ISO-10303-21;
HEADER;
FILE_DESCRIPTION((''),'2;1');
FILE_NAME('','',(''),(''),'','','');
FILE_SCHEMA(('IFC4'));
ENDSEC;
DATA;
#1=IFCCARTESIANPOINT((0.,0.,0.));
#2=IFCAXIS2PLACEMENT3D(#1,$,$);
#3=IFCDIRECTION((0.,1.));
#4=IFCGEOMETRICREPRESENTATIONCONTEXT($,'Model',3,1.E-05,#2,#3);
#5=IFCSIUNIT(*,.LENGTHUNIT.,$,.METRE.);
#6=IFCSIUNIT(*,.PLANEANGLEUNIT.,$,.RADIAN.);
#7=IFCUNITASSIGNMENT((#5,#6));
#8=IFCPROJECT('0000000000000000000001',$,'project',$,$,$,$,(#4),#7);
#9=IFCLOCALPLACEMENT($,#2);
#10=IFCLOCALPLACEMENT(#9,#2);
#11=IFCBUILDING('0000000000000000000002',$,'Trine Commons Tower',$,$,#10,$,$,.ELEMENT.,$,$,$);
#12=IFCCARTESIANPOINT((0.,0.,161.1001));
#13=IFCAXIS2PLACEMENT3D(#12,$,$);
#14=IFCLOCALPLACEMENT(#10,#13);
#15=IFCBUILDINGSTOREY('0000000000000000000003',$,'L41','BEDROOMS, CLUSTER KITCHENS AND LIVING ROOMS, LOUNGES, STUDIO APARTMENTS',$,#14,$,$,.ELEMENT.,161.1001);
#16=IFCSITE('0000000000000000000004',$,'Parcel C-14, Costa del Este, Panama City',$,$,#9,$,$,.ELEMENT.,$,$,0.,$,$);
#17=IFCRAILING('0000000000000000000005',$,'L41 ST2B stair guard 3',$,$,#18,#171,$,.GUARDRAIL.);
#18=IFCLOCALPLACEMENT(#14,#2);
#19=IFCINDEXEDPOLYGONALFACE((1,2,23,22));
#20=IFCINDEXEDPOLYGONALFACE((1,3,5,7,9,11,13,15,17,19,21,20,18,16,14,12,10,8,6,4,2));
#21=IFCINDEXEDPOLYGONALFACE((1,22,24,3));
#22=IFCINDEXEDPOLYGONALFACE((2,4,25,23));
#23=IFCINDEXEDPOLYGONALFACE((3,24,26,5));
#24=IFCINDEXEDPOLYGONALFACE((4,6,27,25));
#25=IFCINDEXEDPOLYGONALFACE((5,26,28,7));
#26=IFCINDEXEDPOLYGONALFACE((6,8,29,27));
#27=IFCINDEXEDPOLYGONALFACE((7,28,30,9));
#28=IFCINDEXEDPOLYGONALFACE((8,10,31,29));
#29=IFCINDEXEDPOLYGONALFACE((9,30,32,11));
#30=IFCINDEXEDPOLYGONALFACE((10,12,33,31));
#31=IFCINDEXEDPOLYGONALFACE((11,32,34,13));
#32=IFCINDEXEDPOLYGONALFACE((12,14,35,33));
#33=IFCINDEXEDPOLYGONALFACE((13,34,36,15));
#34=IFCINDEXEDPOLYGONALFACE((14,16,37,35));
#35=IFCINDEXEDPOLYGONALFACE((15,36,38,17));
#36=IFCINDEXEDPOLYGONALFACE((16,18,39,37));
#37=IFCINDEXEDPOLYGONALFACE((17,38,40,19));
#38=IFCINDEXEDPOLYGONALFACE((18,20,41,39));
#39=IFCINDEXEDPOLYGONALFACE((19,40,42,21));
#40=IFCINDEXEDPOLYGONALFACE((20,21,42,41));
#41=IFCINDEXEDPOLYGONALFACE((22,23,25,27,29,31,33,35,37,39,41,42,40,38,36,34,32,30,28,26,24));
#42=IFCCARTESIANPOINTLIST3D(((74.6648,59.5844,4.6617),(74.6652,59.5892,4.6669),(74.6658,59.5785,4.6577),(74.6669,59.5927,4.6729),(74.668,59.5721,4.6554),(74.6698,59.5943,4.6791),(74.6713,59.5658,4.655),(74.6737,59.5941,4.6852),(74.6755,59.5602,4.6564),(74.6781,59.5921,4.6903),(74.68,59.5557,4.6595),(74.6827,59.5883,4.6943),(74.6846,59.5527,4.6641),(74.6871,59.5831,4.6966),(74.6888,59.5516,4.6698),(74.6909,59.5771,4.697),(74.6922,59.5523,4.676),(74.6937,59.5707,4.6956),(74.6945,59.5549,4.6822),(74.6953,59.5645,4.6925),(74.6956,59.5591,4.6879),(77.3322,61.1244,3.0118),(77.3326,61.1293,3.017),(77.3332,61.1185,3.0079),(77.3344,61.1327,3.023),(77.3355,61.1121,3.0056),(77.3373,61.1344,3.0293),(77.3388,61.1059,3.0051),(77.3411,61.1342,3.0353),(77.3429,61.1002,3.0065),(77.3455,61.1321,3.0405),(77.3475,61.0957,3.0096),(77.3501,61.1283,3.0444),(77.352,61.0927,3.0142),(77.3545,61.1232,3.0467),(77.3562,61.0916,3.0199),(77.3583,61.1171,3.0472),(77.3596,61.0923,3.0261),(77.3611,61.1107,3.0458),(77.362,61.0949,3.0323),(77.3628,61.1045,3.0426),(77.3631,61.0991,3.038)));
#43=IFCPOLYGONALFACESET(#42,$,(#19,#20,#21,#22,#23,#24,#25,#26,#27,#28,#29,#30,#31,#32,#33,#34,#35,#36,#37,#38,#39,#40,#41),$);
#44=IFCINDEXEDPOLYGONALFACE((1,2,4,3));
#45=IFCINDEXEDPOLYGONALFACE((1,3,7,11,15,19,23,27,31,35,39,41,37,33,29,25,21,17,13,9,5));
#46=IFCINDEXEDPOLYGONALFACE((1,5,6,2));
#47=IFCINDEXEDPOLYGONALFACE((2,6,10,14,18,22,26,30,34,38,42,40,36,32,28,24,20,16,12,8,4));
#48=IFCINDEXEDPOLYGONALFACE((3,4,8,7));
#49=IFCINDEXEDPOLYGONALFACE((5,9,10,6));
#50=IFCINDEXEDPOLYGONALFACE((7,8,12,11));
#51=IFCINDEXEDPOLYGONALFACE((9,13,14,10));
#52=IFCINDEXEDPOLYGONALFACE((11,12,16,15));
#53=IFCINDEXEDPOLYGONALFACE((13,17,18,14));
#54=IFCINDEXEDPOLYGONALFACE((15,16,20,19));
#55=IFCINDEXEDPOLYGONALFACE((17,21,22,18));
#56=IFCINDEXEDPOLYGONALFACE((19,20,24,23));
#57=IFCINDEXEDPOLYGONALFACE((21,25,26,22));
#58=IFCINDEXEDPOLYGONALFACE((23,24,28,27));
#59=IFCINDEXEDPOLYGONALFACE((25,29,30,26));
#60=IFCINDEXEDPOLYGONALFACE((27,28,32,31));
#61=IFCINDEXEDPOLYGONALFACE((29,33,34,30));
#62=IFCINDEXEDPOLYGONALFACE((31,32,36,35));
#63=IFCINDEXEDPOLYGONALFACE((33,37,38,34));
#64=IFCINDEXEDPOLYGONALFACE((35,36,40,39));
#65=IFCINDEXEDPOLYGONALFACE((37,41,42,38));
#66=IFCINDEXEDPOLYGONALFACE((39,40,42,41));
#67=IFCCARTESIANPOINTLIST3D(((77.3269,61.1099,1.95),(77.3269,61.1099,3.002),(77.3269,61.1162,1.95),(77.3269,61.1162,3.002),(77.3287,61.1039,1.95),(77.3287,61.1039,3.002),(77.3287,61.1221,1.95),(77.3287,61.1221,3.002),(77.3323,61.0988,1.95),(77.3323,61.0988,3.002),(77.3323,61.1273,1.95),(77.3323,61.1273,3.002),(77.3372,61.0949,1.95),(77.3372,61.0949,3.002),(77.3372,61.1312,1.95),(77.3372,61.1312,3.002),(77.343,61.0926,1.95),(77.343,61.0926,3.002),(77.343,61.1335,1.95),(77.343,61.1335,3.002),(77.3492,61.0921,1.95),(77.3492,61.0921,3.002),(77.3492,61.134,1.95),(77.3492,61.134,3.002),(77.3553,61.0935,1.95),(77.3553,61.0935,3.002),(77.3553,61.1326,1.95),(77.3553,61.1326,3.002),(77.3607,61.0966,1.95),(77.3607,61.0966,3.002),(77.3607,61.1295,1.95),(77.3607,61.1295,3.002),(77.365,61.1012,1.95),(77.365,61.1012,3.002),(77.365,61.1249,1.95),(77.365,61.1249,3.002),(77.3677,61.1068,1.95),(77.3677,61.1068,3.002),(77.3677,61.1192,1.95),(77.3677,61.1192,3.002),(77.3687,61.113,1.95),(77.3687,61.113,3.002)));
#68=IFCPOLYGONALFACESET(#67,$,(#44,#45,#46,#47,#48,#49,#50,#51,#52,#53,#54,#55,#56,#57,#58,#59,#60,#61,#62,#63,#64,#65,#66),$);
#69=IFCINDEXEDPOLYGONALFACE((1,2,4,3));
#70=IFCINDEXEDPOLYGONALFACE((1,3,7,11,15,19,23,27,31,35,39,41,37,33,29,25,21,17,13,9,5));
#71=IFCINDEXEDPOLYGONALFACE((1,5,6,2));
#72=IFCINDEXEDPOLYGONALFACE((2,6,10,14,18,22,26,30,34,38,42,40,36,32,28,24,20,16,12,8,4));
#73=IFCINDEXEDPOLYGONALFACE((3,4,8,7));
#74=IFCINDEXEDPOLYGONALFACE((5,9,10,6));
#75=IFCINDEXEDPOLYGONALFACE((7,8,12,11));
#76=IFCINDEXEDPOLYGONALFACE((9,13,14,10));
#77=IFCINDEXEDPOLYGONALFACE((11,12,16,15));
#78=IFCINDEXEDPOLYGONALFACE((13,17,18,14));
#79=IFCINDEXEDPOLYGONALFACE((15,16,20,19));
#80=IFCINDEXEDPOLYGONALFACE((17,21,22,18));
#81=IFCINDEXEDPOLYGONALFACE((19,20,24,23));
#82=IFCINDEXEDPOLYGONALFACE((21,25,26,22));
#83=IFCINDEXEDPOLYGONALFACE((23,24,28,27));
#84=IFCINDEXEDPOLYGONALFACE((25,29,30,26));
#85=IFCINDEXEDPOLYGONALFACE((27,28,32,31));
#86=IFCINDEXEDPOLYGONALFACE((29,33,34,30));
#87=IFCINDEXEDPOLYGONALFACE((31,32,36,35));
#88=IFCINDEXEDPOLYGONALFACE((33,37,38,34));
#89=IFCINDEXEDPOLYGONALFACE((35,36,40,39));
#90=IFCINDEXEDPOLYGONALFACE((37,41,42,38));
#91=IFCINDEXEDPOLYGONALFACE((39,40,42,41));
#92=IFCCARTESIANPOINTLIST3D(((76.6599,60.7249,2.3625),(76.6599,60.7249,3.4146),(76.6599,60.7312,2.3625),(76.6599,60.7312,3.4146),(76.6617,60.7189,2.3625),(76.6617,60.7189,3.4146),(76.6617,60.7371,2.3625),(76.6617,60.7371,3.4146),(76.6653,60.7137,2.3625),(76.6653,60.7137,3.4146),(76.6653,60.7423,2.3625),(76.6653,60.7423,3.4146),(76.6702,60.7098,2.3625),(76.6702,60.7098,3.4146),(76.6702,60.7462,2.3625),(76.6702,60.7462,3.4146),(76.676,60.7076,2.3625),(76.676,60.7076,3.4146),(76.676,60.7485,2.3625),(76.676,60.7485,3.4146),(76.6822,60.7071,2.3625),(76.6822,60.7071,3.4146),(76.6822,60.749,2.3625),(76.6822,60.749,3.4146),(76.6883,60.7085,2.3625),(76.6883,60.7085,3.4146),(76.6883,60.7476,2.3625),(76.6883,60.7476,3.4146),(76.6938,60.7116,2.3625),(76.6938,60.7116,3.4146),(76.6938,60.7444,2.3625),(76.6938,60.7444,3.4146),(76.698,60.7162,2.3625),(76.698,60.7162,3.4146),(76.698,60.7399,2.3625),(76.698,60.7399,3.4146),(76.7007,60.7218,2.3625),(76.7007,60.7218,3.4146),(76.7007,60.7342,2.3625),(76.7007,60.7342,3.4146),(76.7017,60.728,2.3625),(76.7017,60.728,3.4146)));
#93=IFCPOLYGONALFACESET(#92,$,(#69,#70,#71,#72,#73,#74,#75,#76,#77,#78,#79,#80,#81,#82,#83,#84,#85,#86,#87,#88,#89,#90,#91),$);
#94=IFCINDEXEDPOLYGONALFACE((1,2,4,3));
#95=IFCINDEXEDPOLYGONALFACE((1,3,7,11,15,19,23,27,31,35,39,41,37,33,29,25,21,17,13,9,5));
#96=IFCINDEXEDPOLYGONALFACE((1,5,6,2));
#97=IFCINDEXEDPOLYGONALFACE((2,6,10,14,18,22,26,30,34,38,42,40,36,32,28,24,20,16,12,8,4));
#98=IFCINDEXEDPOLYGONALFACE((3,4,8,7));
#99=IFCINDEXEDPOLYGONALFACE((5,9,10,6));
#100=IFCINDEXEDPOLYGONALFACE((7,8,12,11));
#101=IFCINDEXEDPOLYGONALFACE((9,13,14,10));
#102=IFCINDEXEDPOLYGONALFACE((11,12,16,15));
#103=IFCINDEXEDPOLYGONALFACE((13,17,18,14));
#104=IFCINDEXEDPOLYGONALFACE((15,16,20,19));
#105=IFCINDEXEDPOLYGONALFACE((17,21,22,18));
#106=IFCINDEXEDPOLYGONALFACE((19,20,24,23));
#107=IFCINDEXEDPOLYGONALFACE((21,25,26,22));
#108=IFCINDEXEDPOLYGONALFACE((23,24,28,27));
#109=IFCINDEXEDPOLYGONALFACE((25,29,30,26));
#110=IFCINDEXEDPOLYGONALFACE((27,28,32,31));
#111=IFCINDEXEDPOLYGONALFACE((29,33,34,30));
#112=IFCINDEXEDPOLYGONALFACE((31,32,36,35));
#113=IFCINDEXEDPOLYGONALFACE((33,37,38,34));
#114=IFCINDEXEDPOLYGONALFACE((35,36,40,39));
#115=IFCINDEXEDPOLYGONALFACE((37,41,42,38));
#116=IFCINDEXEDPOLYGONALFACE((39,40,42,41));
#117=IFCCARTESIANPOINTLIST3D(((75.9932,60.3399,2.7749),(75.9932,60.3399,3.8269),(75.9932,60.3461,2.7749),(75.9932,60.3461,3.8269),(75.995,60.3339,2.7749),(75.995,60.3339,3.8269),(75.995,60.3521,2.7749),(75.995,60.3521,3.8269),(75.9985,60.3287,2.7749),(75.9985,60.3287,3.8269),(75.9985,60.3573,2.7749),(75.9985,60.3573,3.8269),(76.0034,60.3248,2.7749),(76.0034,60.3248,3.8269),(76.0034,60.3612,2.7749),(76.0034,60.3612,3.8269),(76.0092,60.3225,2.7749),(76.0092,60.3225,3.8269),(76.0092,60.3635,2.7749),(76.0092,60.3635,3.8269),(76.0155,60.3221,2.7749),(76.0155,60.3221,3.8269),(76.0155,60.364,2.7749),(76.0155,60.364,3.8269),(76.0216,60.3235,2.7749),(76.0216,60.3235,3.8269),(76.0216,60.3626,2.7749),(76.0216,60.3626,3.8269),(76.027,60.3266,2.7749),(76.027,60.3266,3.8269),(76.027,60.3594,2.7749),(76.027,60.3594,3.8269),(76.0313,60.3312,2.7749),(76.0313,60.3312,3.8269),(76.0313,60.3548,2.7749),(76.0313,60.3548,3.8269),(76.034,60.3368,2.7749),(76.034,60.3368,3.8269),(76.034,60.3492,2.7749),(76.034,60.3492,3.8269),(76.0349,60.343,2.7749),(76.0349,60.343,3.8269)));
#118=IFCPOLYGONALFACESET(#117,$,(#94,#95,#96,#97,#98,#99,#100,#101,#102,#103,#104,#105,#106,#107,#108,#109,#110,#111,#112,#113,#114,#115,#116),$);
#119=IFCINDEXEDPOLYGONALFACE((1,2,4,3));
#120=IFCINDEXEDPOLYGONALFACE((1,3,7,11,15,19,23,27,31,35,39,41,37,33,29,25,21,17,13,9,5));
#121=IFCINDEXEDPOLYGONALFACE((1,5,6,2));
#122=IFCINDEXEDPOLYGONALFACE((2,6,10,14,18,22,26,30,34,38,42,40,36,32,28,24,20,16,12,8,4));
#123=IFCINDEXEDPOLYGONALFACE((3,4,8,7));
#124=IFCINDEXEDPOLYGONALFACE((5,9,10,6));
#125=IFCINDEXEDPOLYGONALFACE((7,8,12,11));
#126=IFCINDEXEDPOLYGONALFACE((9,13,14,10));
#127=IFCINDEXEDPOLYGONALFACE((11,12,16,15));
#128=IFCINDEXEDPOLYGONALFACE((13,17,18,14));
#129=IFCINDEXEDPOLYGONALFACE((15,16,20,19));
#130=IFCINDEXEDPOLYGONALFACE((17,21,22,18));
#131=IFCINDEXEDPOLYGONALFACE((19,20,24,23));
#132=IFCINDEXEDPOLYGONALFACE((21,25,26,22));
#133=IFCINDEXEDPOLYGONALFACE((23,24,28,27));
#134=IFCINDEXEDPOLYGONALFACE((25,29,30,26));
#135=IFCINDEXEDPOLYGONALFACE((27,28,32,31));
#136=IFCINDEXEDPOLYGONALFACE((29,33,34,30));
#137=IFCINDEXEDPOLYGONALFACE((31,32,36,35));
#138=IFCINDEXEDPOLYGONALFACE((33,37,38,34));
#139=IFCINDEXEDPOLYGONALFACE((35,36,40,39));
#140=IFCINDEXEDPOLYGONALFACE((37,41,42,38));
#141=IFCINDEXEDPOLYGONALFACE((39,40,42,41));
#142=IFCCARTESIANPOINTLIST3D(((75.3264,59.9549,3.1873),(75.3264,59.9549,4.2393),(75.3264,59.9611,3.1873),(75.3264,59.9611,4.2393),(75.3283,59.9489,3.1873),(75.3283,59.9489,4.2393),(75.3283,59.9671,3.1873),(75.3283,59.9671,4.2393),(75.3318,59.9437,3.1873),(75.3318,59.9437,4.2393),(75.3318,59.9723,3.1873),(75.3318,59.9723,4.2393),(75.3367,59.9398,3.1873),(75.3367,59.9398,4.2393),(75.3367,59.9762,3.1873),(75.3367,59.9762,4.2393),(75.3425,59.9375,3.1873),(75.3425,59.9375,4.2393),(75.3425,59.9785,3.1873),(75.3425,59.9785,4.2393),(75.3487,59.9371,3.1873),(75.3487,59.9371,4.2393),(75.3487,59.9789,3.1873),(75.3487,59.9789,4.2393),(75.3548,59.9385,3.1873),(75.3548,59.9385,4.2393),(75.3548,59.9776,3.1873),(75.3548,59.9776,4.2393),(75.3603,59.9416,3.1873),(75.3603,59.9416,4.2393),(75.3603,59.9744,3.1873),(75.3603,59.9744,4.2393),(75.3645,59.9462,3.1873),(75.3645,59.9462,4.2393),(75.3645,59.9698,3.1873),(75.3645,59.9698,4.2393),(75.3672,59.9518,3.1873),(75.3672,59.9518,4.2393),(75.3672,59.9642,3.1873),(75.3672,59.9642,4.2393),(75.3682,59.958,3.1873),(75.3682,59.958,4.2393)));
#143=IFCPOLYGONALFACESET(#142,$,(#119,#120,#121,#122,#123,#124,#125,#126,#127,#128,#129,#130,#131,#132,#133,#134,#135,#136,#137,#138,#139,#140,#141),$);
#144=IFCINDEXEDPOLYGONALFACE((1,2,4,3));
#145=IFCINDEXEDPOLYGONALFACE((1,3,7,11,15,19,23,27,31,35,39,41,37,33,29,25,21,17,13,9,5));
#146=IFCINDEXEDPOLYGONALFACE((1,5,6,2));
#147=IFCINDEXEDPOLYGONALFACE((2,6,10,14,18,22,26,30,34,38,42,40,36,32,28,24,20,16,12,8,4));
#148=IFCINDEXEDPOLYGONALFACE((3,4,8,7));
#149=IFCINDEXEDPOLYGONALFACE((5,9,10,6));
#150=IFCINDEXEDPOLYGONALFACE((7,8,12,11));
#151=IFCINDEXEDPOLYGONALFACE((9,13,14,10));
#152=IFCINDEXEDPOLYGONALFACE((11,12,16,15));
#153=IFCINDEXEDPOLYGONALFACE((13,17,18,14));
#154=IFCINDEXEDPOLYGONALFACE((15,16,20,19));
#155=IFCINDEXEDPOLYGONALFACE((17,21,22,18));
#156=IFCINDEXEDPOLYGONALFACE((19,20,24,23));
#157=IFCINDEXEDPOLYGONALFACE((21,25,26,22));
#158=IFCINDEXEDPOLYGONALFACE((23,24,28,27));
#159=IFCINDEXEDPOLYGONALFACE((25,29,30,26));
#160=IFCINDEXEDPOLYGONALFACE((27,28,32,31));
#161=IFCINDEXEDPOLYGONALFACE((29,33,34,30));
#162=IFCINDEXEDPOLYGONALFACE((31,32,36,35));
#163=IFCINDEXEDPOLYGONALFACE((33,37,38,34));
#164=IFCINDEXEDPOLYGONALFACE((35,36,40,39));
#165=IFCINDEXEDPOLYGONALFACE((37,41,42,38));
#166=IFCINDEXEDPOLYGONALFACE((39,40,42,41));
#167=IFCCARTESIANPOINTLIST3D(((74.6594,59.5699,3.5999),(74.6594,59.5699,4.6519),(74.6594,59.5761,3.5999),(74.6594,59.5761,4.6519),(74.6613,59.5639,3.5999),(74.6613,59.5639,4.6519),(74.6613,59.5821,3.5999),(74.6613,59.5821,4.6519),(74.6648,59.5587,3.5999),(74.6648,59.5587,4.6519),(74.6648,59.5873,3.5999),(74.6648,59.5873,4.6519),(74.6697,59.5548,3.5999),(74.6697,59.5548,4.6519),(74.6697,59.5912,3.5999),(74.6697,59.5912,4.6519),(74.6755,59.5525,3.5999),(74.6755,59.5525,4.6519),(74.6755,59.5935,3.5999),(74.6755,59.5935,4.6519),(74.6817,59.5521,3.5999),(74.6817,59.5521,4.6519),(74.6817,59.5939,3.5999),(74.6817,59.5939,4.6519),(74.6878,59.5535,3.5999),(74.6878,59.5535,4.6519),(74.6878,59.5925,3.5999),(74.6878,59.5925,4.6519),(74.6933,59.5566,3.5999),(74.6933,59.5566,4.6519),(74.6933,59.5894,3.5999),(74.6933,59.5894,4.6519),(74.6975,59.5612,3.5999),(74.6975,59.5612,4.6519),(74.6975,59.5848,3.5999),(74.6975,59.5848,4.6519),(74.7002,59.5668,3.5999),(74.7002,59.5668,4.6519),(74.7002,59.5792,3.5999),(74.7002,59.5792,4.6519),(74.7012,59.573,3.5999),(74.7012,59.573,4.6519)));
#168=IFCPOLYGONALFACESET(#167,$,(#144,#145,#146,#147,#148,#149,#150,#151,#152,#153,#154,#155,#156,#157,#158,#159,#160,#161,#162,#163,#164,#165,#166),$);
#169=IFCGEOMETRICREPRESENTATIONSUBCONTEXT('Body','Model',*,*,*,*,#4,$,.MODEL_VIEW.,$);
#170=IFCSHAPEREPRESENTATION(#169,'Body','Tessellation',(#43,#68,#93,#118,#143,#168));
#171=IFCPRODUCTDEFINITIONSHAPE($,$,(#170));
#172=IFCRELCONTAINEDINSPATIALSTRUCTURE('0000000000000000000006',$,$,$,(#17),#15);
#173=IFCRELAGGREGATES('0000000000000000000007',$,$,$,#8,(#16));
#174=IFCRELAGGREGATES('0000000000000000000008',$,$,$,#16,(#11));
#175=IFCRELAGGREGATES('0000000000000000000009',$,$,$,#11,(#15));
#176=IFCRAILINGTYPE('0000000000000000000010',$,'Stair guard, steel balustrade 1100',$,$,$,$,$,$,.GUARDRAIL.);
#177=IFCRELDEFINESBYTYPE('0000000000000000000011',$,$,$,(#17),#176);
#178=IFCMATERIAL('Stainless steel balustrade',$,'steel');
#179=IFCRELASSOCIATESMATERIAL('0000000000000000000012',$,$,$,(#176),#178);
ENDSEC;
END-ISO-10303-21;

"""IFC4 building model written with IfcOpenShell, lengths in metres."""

from ifc_helpers import new_model, si_unit, direction, frame, origin, origin_2d, place, context, subcontext, project, spatial, circle, extrude, material, type_object, element, save


model = new_model("IFC4")

# Units and contexts
model_context = context("Model", 3, precision=1e-05, world=origin(), true_north=direction((0.0, 1.0)))
body_context = subcontext(model_context, "Body", "Model", "MODEL_VIEW")
ifc_project = project(units=[si_unit("LENGTHUNIT", "METRE"), si_unit("PLANEANGLEUNIT", "RADIAN")], contexts=[model_context])

# Site, building, storey
site_placement = place(None, origin())
site = spatial("IfcSite", under=ifc_project, at=site_placement, Name="Parcel C-14, Costa del Este, Panama City", CompositionType="ELEMENT", RefElevation=0.0)
building_placement = place(site_placement, origin())
building = spatial("IfcBuilding", under=site, at=building_placement, Name="Trine Commons Tower", CompositionType="ELEMENT")
storey_placement = place(building_placement, frame((0.0, 0.0, 161.1001)))
storey = spatial("IfcBuildingStorey", under=building, at=storey_placement, Name="L41", Description="BEDROOMS, CLUSTER KITCHENS AND LIVING ROOMS, LOUNGES, STUDIO APARTMENTS", CompositionType="ELEMENT", Elevation=161.1001)

# Railing
ifc_material_1 = material(Name="Stainless steel balustrade", Category="steel")
railing_type_1 = type_object("IfcRailingType", Name="Stair guard, steel balustrade 1100", PredefinedType="GUARDRAIL", material=ifc_material_1)
railing_1_placement = place(storey_placement, frame((77.3477, 61.113, 1.95)))
element("IfcRailing", 1, at=railing_1_placement, inside=storey, type_object=railing_type_1, Name="L41 ST2B stair guard 3", PredefinedType="GUARDRAIL", context=body_context, shape_type="SweptSolid", body=[
    extrude(circle(Radius=0.0239, at=origin_2d()), frame((0.0, 0.0, 1.0762), z_axis=(-0.763405, -0.440743, 0.472185), x_axis=(0.499992, -0.86603, 0.0)), (0.0, 0.0, 1.0), 3.4941),
    extrude(circle(Radius=0.021, at=origin_2d()), origin(), (0.0, 0.0, 1.0), 1.052),
    extrude(circle(Radius=0.021, at=origin_2d()), frame((-0.667, -0.385, 0.4126)), (0.0, 0.0, 1.0), 1.052),
    extrude(circle(Radius=0.021, at=origin_2d()), frame((-1.3337, -0.77, 0.825)), (0.0, 0.0, 1.0), 1.052),
    extrude(circle(Radius=0.021, at=origin_2d()), frame((-2.0005, -1.155, 1.2373)), (0.0, 0.0, 1.0), 1.052),
    extrude(circle(Radius=0.021, at=origin_2d()), frame((-2.6675, -1.54, 1.6499)), (0.0, 0.0, 1.0), 1.052),
])

save(model, "model.ifc")
